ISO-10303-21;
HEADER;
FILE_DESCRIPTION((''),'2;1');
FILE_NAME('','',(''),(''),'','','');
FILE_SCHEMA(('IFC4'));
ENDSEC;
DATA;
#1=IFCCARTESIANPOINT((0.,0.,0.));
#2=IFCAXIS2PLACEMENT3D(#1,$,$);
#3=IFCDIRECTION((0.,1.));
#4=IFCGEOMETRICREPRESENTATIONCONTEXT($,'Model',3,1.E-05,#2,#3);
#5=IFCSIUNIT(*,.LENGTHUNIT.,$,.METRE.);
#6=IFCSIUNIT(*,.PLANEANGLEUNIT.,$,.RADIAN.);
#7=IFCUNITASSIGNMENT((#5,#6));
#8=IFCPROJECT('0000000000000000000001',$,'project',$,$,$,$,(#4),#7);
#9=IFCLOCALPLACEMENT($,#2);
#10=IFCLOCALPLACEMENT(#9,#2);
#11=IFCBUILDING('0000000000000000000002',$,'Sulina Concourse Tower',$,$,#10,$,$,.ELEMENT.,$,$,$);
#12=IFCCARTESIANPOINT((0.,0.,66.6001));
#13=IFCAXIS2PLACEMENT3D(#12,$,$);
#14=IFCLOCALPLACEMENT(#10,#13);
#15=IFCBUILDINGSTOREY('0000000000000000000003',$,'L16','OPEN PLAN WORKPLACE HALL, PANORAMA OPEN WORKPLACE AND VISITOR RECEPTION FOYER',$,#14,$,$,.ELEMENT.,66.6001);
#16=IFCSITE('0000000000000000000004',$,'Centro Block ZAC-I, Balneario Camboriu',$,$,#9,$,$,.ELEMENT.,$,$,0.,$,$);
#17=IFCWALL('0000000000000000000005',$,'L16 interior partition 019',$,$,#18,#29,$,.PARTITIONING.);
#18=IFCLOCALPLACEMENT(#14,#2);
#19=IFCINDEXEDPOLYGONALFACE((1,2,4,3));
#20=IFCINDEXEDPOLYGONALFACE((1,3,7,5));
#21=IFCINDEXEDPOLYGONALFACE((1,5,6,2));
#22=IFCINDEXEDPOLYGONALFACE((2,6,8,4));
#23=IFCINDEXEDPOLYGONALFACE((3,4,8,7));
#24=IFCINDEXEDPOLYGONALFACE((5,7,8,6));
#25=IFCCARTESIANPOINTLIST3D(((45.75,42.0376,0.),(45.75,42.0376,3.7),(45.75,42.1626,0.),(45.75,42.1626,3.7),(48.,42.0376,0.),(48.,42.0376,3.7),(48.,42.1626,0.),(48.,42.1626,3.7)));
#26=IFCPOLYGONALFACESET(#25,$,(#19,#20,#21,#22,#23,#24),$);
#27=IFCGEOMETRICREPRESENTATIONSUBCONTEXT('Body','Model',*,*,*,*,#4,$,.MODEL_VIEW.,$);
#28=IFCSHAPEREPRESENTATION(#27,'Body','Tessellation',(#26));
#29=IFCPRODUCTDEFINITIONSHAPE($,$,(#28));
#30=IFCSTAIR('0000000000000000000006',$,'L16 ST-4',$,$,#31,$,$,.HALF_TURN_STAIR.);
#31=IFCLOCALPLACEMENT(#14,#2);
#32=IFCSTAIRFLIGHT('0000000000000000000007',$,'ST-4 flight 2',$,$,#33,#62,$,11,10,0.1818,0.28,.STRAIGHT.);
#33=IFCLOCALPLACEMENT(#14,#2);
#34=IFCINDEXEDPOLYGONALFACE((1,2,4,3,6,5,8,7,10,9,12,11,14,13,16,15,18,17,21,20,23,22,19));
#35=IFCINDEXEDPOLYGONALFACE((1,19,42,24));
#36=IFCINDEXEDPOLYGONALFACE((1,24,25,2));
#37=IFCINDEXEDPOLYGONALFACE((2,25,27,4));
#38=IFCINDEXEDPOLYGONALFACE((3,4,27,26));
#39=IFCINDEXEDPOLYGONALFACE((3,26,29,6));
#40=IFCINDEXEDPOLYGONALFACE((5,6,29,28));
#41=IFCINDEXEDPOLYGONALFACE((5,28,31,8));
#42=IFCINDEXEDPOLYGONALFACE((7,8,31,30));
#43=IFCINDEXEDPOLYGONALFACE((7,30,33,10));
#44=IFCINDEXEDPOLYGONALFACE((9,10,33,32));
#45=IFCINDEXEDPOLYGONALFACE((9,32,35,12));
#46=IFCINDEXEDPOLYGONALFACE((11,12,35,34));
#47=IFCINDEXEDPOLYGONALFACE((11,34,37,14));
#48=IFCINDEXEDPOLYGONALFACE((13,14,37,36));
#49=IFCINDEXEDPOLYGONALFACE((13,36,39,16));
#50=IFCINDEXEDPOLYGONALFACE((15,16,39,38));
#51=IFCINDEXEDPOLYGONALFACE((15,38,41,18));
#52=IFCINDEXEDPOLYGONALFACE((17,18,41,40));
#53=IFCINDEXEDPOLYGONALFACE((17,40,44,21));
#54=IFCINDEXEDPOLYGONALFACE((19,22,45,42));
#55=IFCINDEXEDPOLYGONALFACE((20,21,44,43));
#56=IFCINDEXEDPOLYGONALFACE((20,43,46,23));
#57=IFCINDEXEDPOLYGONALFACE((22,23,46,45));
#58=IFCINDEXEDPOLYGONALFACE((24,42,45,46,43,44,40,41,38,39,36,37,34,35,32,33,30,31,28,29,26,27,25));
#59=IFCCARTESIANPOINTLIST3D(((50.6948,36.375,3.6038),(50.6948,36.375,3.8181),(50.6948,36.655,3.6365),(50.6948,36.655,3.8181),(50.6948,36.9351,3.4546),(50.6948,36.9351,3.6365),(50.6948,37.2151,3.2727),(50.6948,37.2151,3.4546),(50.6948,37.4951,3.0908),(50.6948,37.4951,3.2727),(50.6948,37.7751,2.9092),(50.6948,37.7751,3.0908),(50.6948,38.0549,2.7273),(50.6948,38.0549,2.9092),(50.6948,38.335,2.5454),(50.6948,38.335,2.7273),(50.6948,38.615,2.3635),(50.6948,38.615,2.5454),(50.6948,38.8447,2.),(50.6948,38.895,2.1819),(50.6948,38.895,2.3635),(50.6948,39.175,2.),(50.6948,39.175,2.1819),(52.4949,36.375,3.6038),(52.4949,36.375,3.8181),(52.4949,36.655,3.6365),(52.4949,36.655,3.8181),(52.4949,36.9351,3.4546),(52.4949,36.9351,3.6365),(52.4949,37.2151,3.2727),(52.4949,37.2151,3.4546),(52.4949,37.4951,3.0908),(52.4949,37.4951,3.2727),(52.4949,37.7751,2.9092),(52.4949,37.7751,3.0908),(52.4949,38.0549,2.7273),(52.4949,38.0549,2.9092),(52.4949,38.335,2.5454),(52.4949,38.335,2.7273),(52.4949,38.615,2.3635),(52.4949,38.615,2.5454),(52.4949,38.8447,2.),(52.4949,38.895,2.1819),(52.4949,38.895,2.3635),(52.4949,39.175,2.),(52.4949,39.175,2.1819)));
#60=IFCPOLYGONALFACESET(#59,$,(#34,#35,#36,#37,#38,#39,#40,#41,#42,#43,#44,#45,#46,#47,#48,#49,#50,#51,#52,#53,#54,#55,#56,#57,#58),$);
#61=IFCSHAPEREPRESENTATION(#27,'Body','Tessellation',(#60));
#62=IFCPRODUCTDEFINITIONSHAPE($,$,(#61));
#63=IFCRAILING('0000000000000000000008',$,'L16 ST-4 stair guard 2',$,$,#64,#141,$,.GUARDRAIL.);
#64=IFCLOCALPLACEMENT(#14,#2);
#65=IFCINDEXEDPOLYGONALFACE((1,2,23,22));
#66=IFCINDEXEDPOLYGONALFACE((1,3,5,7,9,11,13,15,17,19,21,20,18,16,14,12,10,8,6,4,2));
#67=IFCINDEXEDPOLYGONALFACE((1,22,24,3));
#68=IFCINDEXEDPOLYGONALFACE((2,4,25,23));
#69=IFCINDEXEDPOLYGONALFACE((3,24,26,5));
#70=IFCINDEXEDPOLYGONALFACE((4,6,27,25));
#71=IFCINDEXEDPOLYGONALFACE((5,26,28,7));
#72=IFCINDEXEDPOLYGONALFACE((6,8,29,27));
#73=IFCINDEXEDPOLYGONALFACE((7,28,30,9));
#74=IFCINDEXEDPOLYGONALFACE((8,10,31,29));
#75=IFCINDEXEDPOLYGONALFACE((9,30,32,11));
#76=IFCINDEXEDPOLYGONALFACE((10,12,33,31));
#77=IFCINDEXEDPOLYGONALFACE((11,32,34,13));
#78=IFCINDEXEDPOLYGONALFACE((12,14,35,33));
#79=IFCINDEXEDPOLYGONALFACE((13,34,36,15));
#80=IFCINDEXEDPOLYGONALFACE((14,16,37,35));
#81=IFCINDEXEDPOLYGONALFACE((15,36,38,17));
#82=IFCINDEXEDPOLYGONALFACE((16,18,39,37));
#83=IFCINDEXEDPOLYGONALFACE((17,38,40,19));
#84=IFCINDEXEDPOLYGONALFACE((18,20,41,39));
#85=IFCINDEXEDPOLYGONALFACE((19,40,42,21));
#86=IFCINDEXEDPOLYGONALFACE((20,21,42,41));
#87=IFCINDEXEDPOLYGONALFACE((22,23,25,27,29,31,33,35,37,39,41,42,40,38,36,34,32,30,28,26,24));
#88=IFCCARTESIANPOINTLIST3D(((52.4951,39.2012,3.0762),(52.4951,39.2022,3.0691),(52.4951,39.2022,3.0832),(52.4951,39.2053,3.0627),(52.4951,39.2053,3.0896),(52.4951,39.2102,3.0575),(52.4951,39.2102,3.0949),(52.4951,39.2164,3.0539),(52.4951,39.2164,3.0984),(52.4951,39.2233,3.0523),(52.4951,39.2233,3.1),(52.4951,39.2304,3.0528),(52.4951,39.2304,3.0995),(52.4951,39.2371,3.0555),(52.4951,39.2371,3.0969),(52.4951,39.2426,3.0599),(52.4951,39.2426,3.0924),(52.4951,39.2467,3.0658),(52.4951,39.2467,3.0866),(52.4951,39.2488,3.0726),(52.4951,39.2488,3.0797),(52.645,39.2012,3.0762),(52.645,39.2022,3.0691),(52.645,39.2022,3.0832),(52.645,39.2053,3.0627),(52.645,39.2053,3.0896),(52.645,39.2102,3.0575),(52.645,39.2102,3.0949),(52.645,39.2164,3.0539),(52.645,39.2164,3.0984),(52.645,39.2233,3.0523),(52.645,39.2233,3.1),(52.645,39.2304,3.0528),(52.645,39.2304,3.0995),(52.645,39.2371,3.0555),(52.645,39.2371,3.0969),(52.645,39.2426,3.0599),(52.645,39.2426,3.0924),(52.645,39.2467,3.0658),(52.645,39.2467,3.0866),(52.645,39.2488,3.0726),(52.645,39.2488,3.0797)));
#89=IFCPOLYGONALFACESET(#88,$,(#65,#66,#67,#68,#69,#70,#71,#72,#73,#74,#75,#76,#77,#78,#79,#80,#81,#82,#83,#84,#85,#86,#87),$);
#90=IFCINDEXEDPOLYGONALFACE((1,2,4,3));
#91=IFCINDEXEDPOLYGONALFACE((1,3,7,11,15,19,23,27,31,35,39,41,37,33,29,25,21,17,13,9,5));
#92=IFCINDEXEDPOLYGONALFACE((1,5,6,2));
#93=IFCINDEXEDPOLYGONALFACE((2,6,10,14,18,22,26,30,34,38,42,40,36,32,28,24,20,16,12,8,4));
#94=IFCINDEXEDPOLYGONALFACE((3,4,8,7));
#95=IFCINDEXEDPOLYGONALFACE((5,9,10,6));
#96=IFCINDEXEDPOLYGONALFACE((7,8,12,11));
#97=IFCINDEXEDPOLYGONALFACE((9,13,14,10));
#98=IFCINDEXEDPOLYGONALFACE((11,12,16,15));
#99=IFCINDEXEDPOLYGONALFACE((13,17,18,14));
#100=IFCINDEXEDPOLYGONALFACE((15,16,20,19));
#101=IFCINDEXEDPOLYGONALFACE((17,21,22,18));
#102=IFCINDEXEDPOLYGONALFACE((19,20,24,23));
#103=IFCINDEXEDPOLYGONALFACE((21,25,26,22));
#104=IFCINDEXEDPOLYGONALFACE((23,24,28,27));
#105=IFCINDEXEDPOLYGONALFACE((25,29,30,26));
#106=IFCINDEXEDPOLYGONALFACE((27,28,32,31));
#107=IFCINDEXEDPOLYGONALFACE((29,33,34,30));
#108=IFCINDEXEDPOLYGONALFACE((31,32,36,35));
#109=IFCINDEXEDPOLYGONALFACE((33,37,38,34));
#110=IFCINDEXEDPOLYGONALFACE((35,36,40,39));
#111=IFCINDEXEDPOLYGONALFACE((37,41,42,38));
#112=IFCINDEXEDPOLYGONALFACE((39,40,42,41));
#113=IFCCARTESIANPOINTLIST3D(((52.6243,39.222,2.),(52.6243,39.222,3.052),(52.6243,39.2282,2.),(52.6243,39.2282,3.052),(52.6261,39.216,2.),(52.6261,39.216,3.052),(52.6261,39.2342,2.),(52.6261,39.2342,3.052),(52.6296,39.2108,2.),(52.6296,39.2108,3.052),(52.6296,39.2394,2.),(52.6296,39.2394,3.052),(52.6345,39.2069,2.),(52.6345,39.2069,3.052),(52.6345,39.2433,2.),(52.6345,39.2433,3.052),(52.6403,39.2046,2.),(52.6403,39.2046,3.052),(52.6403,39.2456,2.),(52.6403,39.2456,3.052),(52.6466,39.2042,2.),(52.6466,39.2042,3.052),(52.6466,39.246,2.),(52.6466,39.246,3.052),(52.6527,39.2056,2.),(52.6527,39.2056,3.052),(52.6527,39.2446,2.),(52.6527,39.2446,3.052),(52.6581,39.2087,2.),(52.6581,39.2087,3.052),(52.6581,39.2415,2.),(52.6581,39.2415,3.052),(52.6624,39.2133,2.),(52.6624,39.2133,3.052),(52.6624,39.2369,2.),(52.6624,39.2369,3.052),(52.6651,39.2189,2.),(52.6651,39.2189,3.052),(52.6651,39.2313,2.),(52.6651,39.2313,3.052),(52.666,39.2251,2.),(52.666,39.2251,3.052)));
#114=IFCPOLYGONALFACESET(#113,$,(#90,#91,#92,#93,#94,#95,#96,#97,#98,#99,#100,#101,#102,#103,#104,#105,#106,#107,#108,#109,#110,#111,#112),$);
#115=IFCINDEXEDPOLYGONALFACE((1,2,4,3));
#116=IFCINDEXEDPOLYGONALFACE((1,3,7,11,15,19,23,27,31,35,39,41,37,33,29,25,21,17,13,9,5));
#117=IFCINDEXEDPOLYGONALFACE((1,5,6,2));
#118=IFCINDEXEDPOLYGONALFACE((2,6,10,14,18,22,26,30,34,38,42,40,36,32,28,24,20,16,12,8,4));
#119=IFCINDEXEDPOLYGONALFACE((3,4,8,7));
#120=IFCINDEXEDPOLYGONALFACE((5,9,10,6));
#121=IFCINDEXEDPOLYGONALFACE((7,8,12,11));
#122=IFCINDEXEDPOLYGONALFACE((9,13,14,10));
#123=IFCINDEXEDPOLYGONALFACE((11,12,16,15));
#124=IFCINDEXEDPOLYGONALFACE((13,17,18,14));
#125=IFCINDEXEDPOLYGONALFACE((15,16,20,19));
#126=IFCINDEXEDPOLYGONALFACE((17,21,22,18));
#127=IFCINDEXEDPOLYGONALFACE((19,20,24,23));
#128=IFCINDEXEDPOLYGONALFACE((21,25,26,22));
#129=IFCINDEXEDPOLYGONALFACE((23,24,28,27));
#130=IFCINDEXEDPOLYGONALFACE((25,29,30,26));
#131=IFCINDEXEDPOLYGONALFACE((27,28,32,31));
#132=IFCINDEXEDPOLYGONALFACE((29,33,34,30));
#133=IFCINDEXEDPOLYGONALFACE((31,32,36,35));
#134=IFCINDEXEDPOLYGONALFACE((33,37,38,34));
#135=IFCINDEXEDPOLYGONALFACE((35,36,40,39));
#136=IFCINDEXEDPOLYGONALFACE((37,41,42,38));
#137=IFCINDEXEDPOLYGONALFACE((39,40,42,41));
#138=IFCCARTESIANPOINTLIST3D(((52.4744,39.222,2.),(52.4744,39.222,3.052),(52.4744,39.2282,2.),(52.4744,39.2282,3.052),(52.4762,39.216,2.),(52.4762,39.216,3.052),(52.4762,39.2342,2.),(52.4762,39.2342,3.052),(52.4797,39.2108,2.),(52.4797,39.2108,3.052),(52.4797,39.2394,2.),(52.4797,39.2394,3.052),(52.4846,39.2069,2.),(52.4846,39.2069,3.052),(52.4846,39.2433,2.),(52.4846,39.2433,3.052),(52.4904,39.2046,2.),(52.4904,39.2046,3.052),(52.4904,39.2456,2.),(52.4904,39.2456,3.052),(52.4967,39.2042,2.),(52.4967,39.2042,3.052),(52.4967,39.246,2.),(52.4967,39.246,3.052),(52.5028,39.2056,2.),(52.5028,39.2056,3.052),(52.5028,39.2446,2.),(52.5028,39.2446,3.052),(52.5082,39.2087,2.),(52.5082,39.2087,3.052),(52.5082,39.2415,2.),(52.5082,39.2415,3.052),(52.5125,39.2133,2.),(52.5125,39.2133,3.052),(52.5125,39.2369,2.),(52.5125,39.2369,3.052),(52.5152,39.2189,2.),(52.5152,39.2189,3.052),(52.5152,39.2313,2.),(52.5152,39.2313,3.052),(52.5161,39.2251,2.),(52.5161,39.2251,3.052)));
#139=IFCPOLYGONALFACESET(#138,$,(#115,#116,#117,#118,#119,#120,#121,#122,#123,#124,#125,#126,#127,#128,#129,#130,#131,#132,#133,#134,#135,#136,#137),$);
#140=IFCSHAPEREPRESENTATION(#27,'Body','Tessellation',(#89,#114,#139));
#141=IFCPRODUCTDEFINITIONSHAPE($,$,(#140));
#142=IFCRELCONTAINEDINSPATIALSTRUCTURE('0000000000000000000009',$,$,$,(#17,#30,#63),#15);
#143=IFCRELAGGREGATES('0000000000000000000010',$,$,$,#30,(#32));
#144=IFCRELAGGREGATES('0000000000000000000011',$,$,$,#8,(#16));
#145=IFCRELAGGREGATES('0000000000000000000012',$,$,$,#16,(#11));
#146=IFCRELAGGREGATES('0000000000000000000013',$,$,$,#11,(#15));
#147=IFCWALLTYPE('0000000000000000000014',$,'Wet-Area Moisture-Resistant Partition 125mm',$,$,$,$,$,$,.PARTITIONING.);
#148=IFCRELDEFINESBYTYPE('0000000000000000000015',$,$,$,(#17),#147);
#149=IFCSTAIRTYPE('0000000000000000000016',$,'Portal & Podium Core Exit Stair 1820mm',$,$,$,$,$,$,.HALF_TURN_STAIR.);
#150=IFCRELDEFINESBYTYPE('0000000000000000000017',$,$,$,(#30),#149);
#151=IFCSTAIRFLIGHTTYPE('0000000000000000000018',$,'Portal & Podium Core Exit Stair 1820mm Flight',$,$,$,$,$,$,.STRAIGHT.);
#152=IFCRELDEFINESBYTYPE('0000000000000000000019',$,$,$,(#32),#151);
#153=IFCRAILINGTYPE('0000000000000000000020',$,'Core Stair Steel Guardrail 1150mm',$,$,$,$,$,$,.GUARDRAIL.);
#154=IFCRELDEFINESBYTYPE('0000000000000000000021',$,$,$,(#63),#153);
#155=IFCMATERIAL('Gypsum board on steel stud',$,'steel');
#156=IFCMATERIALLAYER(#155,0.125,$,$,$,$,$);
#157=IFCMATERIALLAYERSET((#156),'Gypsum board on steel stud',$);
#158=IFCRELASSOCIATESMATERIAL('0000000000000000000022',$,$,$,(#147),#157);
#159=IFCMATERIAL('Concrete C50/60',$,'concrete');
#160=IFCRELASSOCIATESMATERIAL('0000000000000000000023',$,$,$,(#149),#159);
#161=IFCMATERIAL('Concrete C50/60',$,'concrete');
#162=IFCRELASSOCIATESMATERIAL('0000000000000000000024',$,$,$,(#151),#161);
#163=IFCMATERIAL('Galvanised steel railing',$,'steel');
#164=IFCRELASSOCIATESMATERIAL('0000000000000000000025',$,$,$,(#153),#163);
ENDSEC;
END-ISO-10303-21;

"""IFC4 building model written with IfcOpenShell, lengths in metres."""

from ifc_helpers import new_model, si_unit, direction, frame, frame_2d, origin, origin_2d, place, context, subcontext, project, spatial, polyline, rectangle, circle, outline, extrude, material, layer, layer_set, type_object, element, aggregate, save


model = new_model("IFC4")

# Units and contexts
model_context = context("Model", 3, precision=1e-05, world=origin(), true_north=direction((0.0, 1.0)))
body_context = subcontext(model_context, "Body", "Model", "MODEL_VIEW")
ifc_project = project(units=[si_unit("LENGTHUNIT", "METRE"), si_unit("PLANEANGLEUNIT", "RADIAN")], contexts=[model_context])

# Site, building, storey
site_placement = place(None, origin())
site = spatial("IfcSite", under=ifc_project, at=site_placement, Name="Centro Block ZAC-I, Balneario Camboriu", CompositionType="ELEMENT", RefElevation=0.0)
building_placement = place(site_placement, origin())
building = spatial("IfcBuilding", under=site, at=building_placement, Name="Sulina Concourse Tower", CompositionType="ELEMENT")
storey_placement = place(building_placement, frame((0.0, 0.0, 66.6001)))
storey = spatial("IfcBuildingStorey", under=building, at=storey_placement, Name="L16", Description="OPEN PLAN WORKPLACE HALL, PANORAMA OPEN WORKPLACE AND VISITOR RECEPTION FOYER", CompositionType="ELEMENT", Elevation=66.6001)

# Wall
ifc_material_1 = material(Name="Gypsum board on steel stud", Category="steel")
ifc_layer_1 = layer(ifc_material_1, 0.125)
ifc_layer_set_1 = layer_set([ifc_layer_1], Name="Gypsum board on steel stud")
wall_type_1 = type_object("IfcWallType", Name="Wet-Area Moisture-Resistant Partition 125mm", PredefinedType="PARTITIONING", material=ifc_layer_set_1)
wall_1_placement = place(storey_placement, frame((45.75, 42.1001, 0.0), z_axis=(0.0, 0.0, 1.0), x_axis=(1.0, 0.0, 0.0)))
element("IfcWall", 1, at=wall_1_placement, inside=storey, type_object=wall_type_1, Name="L16 interior partition 019", PredefinedType="PARTITIONING", context=body_context, shape_type="SweptSolid", body=[
    extrude(rectangle(XDim=2.25, YDim=0.125, at=frame_2d((1.125, 0.0))), origin(), (0.0, 0.0, 1.0), 3.7),
])

# Stair, stair flight
ifc_material_2 = material(Name="Concrete C50/60", Category="concrete")
stair_type = type_object("IfcStairType", Name="Portal & Podium Core Exit Stair 1820mm", PredefinedType="HALF_TURN_STAIR", material=ifc_material_2)
stair_placement = place(storey_placement, origin())
stair = element("IfcStair", 2, at=stair_placement, inside=storey, type_object=stair_type, Name="L16 ST-4", PredefinedType="HALF_TURN_STAIR")
ifc_material_3 = material(Name="Concrete C50/60", Category="concrete")
stair_flight_type = type_object("IfcStairFlightType", Name="Portal & Podium Core Exit Stair 1820mm Flight", PredefinedType="STRAIGHT", material=ifc_material_3)
stair_flight_placement = place(storey_placement, frame((51.595, 39.175, 2.0), z_axis=(0.0, 0.0, 1.0), x_axis=(0.0, -1.0, 0.0)))
stair_flight = element("IfcStairFlight", 3, at=stair_flight_placement, type_object=stair_flight_type, Name="ST-4 flight 2", NumberOfRisers=11, NumberOfTreads=10, PredefinedType="STRAIGHT", RiserHeight=0.1818, TreadLength=0.28, context=body_context, shape_type="SweptSolid", body=[
    extrude(outline(polyline([(0.0, 0.0), (0.0, 0.1819), (0.28, 0.1819), (0.28, 0.3635), (0.5601, 0.3635), (0.5601, 0.5454), (0.8401, 0.5454), (0.8401, 0.7273), (1.1201, 0.7273), (1.1201, 0.9092), (1.3999, 0.9092), (1.3999, 1.0908), (1.6799, 1.0908), (1.6799, 1.2727), (1.96, 1.2727), (1.96, 1.4546), (2.24, 1.4546), (2.24, 1.6365), (2.52, 1.6365), (2.52, 1.8181), (2.8, 1.8181), (2.8, 2.0), (2.8, 1.6038), (0.3303, 0.0), (0.0, 0.0)])), frame((0.0, 0.8999, 0.0), z_axis=(0.0, -1.0, 0.0), x_axis=(1.0, 0.0, 0.0)), (0.0, 0.0, 1.0), 1.8),
])
aggregate(stair, [stair_flight])

# Railing
ifc_material_4 = material(Name="Galvanised steel railing", Category="steel")
railing_type_1 = type_object("IfcRailingType", Name="Core Stair Steel Guardrail 1150mm", PredefinedType="GUARDRAIL", material=ifc_material_4)
railing_1_placement = place(storey_placement, frame((52.645, 39.2251, 2.0)))
element("IfcRailing", 4, at=railing_1_placement, inside=storey, type_object=railing_type_1, Name="L16 ST-4 stair guard 2", PredefinedType="GUARDRAIL", context=body_context, shape_type="SweptSolid", body=[
    extrude(circle(Radius=0.0239, at=origin_2d()), frame((0.0, 0.0, 1.0762), z_axis=(-1.0, 0.0, 0.0), x_axis=(0.0, -1.0, 0.0)), (0.0, 0.0, 1.0), 0.1499),
    extrude(circle(Radius=0.021, at=origin_2d()), origin(), (0.0, 0.0, 1.0), 1.052),
    extrude(circle(Radius=0.021, at=origin_2d()), frame((-0.1499, 0.0, 0.0)), (0.0, 0.0, 1.0), 1.052),
])

save(model, "model.ifc")
